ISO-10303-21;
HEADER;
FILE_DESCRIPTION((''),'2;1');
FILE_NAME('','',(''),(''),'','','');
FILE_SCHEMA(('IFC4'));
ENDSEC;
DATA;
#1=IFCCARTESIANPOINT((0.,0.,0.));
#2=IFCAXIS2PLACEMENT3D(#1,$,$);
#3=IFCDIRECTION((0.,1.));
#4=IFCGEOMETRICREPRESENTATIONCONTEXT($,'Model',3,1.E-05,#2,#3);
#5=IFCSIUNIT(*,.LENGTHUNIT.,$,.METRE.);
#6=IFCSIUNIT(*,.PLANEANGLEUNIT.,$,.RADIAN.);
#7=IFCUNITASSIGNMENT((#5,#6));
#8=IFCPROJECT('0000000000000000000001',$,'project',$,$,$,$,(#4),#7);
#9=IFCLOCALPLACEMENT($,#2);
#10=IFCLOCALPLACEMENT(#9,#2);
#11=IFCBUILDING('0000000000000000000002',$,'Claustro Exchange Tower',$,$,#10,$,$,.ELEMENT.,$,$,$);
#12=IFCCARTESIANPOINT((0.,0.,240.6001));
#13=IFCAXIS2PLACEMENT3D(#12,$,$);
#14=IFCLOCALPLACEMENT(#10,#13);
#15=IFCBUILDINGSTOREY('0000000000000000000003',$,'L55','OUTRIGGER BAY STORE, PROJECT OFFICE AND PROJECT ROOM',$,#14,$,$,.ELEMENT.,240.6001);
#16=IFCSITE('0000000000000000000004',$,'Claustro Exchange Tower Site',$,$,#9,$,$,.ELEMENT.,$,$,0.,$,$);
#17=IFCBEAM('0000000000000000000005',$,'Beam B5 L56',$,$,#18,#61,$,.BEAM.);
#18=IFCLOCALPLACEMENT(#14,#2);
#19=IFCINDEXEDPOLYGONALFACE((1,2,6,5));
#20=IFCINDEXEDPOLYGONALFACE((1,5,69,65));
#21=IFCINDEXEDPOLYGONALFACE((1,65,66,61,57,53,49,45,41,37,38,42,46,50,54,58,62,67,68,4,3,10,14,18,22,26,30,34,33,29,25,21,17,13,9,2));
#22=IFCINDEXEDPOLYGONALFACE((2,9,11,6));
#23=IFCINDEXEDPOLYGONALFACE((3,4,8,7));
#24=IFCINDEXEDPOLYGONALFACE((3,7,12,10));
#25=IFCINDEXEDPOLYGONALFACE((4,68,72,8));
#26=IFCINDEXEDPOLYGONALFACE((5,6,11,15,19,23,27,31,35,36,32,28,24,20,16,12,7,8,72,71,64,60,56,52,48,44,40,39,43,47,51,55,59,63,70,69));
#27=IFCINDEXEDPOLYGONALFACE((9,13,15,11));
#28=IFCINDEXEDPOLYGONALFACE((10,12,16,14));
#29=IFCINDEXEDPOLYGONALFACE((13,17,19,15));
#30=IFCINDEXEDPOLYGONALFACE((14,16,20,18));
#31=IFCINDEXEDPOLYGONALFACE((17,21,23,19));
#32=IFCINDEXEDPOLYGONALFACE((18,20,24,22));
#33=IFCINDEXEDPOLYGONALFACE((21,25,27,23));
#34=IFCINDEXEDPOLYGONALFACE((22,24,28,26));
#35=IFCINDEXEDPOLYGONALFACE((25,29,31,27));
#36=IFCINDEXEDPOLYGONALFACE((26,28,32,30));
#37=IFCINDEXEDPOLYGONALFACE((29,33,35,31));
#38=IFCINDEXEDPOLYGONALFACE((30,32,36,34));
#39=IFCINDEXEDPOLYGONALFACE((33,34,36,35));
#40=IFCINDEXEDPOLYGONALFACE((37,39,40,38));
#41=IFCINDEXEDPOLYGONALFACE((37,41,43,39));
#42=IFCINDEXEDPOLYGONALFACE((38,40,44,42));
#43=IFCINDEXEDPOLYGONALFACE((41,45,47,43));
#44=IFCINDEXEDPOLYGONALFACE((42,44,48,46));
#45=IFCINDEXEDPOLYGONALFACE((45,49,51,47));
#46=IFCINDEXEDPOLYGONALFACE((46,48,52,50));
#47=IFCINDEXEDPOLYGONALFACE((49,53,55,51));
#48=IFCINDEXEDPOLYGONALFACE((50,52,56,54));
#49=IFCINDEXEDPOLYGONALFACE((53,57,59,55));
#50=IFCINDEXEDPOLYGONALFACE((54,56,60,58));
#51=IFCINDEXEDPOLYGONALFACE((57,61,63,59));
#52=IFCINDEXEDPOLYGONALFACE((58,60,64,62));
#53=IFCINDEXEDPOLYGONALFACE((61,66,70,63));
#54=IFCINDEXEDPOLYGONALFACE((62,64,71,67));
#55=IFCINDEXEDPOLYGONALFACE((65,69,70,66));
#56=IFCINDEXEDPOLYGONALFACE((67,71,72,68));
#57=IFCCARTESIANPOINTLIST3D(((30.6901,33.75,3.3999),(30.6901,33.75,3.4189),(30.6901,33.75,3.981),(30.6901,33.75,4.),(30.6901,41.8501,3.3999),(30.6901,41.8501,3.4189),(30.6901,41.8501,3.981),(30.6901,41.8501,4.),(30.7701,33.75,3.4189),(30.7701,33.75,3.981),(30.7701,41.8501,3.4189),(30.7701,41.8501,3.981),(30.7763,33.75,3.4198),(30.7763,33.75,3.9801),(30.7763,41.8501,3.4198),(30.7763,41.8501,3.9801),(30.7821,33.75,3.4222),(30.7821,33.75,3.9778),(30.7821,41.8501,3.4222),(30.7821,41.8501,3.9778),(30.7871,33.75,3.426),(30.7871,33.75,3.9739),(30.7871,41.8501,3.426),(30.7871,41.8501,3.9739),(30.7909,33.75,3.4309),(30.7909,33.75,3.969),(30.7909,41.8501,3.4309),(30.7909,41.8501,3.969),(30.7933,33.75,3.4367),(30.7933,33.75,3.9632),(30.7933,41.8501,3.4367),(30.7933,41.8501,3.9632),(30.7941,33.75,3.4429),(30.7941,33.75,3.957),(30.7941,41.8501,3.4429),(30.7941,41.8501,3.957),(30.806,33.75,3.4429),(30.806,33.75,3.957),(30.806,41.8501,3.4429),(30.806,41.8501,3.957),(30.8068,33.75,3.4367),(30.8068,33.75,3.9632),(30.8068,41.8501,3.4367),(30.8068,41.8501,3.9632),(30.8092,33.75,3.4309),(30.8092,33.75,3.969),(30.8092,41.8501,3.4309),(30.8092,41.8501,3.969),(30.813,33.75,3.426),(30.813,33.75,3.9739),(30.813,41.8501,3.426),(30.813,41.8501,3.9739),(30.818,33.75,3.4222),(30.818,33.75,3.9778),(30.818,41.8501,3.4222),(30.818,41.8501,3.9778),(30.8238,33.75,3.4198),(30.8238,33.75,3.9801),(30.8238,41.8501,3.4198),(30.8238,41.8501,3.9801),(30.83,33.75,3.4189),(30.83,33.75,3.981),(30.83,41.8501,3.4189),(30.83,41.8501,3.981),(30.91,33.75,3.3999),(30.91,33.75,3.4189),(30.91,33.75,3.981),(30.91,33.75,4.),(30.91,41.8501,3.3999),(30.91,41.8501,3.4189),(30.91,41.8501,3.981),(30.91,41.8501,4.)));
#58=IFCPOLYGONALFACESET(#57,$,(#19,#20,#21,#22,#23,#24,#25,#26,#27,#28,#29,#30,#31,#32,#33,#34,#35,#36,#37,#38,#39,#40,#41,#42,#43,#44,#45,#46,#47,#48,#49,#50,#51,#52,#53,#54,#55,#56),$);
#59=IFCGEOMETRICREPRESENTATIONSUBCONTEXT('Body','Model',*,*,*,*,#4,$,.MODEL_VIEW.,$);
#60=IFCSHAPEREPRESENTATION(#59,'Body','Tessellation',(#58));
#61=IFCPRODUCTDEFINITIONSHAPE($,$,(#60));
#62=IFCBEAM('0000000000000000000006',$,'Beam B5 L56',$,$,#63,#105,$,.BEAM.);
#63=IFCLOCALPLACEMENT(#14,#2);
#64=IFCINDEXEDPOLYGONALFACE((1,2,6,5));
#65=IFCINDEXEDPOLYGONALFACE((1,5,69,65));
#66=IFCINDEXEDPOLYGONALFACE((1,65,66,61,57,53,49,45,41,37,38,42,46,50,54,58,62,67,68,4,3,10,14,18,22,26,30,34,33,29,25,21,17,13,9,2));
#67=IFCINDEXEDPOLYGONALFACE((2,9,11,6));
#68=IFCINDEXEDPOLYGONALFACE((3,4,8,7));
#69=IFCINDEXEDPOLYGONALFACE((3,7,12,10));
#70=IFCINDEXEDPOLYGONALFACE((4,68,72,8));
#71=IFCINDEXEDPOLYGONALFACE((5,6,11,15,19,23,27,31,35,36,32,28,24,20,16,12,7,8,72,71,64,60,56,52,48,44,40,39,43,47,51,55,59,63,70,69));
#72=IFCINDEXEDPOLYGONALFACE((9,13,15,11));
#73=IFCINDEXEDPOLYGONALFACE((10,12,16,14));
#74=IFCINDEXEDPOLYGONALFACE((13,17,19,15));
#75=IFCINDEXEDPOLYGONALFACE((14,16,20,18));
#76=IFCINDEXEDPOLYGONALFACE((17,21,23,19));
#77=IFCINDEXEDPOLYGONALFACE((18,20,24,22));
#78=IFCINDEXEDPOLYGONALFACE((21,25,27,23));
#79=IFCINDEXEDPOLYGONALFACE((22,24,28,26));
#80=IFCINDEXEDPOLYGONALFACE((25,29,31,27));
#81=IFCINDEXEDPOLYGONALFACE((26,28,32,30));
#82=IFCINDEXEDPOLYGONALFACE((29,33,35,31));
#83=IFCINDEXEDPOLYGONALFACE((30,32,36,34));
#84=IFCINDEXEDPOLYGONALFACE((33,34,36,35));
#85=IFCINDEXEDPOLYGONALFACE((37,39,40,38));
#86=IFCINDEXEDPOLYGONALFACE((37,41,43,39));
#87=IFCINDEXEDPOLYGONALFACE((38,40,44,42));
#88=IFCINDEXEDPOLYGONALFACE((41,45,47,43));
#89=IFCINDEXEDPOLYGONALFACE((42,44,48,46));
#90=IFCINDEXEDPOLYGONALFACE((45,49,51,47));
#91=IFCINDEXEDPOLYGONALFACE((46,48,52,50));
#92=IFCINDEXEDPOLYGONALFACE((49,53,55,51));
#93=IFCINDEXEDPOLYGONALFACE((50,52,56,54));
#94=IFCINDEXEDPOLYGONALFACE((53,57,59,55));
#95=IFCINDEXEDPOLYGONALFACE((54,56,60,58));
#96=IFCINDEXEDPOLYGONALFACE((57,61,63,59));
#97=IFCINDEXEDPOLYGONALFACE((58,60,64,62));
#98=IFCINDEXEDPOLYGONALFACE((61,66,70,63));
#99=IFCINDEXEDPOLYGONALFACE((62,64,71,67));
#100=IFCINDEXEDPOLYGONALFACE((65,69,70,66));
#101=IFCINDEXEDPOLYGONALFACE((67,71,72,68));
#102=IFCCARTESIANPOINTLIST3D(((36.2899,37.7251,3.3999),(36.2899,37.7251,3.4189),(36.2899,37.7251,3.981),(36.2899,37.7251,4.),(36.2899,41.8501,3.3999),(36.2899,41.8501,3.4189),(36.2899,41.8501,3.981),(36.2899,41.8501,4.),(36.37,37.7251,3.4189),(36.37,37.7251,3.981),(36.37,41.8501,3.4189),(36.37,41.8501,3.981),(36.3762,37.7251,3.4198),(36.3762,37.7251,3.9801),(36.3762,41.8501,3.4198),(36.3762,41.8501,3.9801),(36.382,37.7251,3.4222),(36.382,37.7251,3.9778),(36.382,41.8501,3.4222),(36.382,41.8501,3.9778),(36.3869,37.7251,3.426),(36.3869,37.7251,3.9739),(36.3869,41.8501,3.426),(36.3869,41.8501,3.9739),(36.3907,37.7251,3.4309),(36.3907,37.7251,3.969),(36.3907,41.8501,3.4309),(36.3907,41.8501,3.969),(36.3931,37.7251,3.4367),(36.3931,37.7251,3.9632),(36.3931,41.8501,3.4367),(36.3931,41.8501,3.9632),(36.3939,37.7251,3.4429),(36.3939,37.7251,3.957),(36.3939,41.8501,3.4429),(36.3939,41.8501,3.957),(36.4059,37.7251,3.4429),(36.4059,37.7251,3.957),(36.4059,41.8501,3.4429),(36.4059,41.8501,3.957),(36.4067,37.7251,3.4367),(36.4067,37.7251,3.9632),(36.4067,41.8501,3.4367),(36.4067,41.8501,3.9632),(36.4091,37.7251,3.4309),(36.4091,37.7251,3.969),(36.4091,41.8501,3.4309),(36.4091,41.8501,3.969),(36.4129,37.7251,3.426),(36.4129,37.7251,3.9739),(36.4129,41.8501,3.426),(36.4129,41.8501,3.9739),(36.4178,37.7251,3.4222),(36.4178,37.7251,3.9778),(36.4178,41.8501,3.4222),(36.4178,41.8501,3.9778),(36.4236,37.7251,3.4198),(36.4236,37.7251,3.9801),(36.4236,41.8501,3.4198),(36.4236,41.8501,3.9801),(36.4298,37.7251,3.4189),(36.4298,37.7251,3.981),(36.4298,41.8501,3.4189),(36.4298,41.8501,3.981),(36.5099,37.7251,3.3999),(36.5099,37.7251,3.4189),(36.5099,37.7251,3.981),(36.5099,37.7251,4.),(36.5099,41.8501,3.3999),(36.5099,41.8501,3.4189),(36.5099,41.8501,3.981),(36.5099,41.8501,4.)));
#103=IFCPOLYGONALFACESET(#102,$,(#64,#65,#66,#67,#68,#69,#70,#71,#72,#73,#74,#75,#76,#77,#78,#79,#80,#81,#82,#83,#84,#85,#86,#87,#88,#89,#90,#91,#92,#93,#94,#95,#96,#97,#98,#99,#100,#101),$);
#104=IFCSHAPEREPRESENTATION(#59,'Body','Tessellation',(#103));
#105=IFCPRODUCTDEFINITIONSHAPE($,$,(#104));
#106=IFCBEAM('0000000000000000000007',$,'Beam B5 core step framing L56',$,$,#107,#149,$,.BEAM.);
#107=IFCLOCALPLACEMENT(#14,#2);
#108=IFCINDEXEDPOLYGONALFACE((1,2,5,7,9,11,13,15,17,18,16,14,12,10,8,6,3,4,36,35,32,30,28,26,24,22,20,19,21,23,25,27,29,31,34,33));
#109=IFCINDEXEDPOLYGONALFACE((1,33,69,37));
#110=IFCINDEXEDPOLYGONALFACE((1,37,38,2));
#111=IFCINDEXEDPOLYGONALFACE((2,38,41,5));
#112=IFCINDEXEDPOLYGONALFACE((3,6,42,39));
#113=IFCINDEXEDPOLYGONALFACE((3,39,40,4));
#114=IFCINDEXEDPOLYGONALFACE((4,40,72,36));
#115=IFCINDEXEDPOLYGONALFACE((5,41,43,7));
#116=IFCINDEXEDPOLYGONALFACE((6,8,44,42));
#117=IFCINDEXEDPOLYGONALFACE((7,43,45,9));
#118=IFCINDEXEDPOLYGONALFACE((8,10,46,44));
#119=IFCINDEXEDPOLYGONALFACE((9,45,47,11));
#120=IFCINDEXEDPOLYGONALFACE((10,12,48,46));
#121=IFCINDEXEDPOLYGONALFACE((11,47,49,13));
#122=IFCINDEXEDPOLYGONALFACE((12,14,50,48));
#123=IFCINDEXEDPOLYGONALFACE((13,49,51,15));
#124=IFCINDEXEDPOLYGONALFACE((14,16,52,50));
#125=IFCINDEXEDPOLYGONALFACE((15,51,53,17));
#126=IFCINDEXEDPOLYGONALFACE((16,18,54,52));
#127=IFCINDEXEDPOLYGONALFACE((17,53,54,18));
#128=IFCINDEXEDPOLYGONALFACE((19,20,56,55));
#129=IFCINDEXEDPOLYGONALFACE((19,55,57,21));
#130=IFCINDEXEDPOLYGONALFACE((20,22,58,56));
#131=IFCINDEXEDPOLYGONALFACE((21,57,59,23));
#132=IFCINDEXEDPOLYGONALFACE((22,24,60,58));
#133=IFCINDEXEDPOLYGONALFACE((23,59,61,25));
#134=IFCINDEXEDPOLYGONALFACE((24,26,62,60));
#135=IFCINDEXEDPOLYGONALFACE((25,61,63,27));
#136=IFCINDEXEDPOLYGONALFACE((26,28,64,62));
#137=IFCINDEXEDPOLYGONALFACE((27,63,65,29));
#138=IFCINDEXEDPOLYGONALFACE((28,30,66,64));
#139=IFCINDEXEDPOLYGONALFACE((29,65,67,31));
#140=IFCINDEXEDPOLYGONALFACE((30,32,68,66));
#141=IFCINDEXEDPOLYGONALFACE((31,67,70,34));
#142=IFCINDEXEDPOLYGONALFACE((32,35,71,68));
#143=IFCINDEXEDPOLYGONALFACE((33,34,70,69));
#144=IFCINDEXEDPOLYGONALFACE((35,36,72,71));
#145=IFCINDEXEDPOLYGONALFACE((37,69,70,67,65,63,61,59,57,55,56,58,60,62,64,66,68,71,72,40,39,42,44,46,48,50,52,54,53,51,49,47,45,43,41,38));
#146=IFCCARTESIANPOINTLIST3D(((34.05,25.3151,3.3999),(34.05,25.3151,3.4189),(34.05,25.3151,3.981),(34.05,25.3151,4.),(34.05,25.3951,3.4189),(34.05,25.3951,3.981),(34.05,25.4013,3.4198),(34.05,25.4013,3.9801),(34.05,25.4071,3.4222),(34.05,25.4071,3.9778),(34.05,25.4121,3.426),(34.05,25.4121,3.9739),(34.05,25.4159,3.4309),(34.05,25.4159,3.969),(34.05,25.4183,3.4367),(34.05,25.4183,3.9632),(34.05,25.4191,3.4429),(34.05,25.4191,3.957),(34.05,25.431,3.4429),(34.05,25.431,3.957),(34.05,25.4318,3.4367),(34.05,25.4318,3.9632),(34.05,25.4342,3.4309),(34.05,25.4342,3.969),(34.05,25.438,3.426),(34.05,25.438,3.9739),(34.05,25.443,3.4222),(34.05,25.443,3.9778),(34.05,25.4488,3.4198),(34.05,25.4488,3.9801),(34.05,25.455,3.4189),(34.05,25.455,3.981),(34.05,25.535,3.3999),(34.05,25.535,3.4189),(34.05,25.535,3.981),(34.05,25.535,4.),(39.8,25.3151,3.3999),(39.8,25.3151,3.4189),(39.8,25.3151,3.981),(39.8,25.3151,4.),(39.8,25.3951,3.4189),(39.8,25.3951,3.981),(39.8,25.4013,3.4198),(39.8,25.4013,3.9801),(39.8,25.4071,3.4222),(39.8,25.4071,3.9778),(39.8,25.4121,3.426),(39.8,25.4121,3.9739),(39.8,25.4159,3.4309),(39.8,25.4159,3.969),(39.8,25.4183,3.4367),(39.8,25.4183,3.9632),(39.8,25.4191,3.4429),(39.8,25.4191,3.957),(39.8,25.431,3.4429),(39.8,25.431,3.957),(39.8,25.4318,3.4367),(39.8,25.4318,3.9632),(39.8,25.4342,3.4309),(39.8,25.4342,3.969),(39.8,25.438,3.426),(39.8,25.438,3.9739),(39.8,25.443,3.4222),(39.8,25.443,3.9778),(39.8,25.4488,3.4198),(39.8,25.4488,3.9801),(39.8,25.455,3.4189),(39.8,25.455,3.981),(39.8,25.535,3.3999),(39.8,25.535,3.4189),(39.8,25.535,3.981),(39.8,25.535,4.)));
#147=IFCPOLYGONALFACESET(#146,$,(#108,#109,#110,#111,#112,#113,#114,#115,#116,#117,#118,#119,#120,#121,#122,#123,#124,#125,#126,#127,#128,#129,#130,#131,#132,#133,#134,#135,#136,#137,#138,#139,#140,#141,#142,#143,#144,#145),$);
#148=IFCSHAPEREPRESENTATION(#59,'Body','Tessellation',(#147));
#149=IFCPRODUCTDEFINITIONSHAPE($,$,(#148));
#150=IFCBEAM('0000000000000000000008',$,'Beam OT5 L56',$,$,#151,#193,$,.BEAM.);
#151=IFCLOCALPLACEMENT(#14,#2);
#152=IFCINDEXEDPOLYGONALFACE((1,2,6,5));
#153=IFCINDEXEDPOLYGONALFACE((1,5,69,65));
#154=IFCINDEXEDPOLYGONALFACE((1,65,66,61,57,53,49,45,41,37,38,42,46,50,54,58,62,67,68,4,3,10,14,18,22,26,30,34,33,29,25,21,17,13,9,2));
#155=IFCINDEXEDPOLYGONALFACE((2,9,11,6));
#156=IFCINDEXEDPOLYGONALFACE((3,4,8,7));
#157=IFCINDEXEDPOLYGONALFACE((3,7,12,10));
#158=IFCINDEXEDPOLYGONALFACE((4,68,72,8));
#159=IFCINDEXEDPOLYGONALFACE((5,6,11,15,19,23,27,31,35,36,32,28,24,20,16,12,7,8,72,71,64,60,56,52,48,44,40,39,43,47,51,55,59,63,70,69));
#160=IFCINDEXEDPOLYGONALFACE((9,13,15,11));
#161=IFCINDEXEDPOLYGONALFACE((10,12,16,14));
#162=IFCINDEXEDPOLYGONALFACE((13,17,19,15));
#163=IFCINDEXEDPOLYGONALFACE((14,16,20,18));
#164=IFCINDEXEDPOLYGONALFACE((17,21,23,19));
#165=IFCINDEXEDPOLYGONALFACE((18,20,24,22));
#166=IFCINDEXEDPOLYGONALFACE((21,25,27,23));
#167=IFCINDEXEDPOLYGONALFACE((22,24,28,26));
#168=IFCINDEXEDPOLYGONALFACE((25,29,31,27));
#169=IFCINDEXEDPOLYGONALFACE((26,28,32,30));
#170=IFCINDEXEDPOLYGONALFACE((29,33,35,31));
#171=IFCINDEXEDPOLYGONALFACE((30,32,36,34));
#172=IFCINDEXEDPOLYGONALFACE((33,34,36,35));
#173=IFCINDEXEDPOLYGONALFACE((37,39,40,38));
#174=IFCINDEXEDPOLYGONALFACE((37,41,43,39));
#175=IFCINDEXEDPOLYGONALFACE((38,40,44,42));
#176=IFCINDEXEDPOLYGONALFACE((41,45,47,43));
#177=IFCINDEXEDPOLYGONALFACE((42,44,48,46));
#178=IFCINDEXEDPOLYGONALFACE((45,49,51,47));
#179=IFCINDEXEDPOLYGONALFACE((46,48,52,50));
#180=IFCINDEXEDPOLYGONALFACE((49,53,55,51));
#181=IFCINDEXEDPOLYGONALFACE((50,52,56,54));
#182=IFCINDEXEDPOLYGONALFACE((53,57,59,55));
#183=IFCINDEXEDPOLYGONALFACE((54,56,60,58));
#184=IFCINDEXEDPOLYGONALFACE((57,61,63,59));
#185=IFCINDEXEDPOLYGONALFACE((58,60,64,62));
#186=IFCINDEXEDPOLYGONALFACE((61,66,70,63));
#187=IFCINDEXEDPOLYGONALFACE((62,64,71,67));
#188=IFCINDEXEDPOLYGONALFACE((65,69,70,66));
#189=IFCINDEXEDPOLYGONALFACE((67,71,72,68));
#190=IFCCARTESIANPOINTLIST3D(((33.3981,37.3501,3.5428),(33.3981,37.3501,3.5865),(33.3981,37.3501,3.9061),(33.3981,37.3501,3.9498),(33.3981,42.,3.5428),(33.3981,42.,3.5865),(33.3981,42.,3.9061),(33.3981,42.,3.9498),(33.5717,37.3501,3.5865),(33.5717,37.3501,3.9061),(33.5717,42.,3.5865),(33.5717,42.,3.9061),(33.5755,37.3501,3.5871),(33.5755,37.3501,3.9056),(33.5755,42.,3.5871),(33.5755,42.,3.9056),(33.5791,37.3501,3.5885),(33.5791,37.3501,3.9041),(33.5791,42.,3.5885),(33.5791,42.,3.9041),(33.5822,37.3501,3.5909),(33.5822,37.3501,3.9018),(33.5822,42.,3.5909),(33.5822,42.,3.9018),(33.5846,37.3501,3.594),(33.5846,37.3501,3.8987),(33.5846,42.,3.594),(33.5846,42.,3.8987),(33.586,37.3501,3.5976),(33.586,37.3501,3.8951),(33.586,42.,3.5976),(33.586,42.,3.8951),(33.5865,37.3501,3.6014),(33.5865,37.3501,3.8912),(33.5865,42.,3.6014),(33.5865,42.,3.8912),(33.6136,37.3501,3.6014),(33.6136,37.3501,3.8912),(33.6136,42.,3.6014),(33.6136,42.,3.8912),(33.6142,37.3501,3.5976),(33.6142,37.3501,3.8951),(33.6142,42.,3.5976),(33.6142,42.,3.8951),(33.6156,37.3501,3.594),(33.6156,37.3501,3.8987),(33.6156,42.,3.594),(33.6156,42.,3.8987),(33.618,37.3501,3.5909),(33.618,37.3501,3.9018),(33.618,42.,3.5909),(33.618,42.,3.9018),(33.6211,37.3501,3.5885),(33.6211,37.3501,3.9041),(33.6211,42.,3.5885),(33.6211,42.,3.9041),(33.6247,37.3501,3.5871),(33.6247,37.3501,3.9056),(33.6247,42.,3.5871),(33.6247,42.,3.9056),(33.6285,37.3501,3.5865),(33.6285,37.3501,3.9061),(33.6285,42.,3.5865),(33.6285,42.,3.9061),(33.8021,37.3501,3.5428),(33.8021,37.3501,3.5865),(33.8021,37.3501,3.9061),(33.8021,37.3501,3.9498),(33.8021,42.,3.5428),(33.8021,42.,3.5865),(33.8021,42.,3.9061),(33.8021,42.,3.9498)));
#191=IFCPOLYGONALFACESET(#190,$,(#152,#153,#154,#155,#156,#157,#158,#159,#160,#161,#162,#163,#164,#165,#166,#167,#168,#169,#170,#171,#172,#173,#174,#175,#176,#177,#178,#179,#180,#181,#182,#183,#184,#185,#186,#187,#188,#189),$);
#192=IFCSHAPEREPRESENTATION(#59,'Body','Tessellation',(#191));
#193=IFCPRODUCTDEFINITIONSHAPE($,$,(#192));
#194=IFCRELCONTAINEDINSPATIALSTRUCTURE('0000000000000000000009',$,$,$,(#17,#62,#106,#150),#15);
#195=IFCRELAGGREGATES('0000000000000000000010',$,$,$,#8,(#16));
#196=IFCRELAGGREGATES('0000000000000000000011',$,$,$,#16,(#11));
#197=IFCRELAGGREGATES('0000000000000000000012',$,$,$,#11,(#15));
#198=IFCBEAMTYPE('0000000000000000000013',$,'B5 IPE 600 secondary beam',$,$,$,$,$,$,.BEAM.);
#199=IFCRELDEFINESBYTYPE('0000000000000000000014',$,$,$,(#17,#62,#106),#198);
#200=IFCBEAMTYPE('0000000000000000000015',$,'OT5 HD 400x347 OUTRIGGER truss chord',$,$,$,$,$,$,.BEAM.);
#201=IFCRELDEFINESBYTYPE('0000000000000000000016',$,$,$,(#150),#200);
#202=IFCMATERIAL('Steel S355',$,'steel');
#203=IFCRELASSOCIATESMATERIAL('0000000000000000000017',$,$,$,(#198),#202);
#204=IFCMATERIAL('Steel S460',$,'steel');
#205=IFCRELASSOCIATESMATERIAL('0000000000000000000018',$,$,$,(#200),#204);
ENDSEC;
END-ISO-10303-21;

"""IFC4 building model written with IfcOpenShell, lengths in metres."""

from ifc_helpers import new_model, si_unit, direction, frame, origin, origin_2d, place, context, subcontext, project, spatial, i_section, extrude, material, material_profile, profile_set, type_object, element, save


model = new_model("IFC4")

# Units and contexts
model_context = context("Model", 3, precision=1e-05, world=origin(), true_north=direction((0.0, 1.0)))
body_context = subcontext(model_context, "Body", "Model", "MODEL_VIEW")
ifc_project = project(units=[si_unit("LENGTHUNIT", "METRE"), si_unit("PLANEANGLEUNIT", "RADIAN")], contexts=[model_context])

# Site, building, storey
site_placement = place(None, origin())
site = spatial("IfcSite", under=ifc_project, at=site_placement, Name="Claustro Exchange Tower Site", CompositionType="ELEMENT", RefElevation=0.0)
building_placement = place(site_placement, origin())
building = spatial("IfcBuilding", under=site, at=building_placement, Name="Claustro Exchange Tower", CompositionType="ELEMENT")
storey_placement = place(building_placement, frame((0.0, 0.0, 240.6001)))
storey = spatial("IfcBuildingStorey", under=building, at=storey_placement, Name="L55", Description="OUTRIGGER BAY STORE, PROJECT OFFICE AND PROJECT ROOM", CompositionType="ELEMENT", Elevation=240.6001)

# Beams
ifc_material_1 = material(Name="Steel S355", Category="steel")
ifc_material_profile_1 = material_profile(ifc_material_1, i_section(OverallWidth=0.22, OverallDepth=0.6001, WebThickness=0.012, FlangeThickness=0.019, FilletRadius=0.0239, at=origin_2d()), Name="IPE 600")
ifc_profile_set_1 = profile_set([ifc_material_profile_1], Name="Steel S355")
beam_type_1 = type_object("IfcBeamType", Name="B5 IPE 600 secondary beam", PredefinedType="BEAM", material=ifc_profile_set_1)
for number, where, z_axis, x_axis, name in (
    (1, (30.8, 33.75, 3.7), (0.0, 1.0, 0.0), (-1.0, 0.0, 0.0), "Beam B5 L56"),
):
    element("IfcBeam", number, at=place(storey_placement, frame(where, z_axis=z_axis, x_axis=x_axis)), inside=storey, type_object=beam_type_1, Name=name, PredefinedType="BEAM", context=body_context, shape_type="SweptSolid", body=[
        extrude(i_section(OverallWidth=0.22, OverallDepth=0.6001, WebThickness=0.012, FlangeThickness=0.019, FilletRadius=0.0239, at=origin_2d()), origin(), (0.0, 0.0, 1.0), 8.1001),
    ])
beam_1_placement = place(storey_placement, frame((36.3999, 37.7251, 3.7), z_axis=(0.0, 1.0, 0.0), x_axis=(-1.0, 0.0, 0.0)))
element("IfcBeam", 2, at=beam_1_placement, inside=storey, type_object=beam_type_1, Name="Beam B5 L56", PredefinedType="BEAM", context=body_context, shape_type="SweptSolid", body=[
    extrude(i_section(OverallWidth=0.22, OverallDepth=0.6001, WebThickness=0.012, FlangeThickness=0.019, FilletRadius=0.0239, at=origin_2d()), origin(), (0.0, 0.0, 1.0), 4.125),
])
beam_2_placement = place(storey_placement, frame((34.05, 25.425, 3.7), z_axis=(1.0, 0.0, 0.0), x_axis=(0.0, 1.0, 0.0)))
element("IfcBeam", 3, at=beam_2_placement, inside=storey, type_object=beam_type_1, Name="Beam B5 core step framing L56", PredefinedType="BEAM", context=body_context, shape_type="SweptSolid", body=[
    extrude(i_section(OverallWidth=0.22, OverallDepth=0.6001, WebThickness=0.012, FlangeThickness=0.019, FilletRadius=0.0239, at=origin_2d()), origin(), (0.0, 0.0, 1.0), 5.75),
])
ifc_material_2 = material(Name="Steel S460", Category="steel")
ifc_material_profile_2 = material_profile(ifc_material_2, i_section(OverallWidth=0.4041, OverallDepth=0.407, WebThickness=0.0271, FlangeThickness=0.0437, FilletRadius=0.0149, at=origin_2d()), Name="HD 400x347")
ifc_profile_set_2 = profile_set([ifc_material_profile_2], Name="Steel S460")
beam_type_2 = type_object("IfcBeamType", Name="OT5 HD 400x347 OUTRIGGER truss chord", PredefinedType="BEAM", material=ifc_profile_set_2)
beam_3_placement = place(storey_placement, frame((33.6001, 37.3501, 3.7463), z_axis=(0.0, 1.0, 0.0), x_axis=(-1.0, 0.0, 0.0)))
element("IfcBeam", 4, at=beam_3_placement, inside=storey, type_object=beam_type_2, Name="Beam OT5 L56", PredefinedType="BEAM", context=body_context, shape_type="SweptSolid", body=[
    extrude(i_section(OverallWidth=0.4041, OverallDepth=0.407, WebThickness=0.0271, FlangeThickness=0.0437, FilletRadius=0.0149, at=origin_2d()), origin(), (0.0, 0.0, 1.0), 4.6499),
])

save(model, "model.ifc")
